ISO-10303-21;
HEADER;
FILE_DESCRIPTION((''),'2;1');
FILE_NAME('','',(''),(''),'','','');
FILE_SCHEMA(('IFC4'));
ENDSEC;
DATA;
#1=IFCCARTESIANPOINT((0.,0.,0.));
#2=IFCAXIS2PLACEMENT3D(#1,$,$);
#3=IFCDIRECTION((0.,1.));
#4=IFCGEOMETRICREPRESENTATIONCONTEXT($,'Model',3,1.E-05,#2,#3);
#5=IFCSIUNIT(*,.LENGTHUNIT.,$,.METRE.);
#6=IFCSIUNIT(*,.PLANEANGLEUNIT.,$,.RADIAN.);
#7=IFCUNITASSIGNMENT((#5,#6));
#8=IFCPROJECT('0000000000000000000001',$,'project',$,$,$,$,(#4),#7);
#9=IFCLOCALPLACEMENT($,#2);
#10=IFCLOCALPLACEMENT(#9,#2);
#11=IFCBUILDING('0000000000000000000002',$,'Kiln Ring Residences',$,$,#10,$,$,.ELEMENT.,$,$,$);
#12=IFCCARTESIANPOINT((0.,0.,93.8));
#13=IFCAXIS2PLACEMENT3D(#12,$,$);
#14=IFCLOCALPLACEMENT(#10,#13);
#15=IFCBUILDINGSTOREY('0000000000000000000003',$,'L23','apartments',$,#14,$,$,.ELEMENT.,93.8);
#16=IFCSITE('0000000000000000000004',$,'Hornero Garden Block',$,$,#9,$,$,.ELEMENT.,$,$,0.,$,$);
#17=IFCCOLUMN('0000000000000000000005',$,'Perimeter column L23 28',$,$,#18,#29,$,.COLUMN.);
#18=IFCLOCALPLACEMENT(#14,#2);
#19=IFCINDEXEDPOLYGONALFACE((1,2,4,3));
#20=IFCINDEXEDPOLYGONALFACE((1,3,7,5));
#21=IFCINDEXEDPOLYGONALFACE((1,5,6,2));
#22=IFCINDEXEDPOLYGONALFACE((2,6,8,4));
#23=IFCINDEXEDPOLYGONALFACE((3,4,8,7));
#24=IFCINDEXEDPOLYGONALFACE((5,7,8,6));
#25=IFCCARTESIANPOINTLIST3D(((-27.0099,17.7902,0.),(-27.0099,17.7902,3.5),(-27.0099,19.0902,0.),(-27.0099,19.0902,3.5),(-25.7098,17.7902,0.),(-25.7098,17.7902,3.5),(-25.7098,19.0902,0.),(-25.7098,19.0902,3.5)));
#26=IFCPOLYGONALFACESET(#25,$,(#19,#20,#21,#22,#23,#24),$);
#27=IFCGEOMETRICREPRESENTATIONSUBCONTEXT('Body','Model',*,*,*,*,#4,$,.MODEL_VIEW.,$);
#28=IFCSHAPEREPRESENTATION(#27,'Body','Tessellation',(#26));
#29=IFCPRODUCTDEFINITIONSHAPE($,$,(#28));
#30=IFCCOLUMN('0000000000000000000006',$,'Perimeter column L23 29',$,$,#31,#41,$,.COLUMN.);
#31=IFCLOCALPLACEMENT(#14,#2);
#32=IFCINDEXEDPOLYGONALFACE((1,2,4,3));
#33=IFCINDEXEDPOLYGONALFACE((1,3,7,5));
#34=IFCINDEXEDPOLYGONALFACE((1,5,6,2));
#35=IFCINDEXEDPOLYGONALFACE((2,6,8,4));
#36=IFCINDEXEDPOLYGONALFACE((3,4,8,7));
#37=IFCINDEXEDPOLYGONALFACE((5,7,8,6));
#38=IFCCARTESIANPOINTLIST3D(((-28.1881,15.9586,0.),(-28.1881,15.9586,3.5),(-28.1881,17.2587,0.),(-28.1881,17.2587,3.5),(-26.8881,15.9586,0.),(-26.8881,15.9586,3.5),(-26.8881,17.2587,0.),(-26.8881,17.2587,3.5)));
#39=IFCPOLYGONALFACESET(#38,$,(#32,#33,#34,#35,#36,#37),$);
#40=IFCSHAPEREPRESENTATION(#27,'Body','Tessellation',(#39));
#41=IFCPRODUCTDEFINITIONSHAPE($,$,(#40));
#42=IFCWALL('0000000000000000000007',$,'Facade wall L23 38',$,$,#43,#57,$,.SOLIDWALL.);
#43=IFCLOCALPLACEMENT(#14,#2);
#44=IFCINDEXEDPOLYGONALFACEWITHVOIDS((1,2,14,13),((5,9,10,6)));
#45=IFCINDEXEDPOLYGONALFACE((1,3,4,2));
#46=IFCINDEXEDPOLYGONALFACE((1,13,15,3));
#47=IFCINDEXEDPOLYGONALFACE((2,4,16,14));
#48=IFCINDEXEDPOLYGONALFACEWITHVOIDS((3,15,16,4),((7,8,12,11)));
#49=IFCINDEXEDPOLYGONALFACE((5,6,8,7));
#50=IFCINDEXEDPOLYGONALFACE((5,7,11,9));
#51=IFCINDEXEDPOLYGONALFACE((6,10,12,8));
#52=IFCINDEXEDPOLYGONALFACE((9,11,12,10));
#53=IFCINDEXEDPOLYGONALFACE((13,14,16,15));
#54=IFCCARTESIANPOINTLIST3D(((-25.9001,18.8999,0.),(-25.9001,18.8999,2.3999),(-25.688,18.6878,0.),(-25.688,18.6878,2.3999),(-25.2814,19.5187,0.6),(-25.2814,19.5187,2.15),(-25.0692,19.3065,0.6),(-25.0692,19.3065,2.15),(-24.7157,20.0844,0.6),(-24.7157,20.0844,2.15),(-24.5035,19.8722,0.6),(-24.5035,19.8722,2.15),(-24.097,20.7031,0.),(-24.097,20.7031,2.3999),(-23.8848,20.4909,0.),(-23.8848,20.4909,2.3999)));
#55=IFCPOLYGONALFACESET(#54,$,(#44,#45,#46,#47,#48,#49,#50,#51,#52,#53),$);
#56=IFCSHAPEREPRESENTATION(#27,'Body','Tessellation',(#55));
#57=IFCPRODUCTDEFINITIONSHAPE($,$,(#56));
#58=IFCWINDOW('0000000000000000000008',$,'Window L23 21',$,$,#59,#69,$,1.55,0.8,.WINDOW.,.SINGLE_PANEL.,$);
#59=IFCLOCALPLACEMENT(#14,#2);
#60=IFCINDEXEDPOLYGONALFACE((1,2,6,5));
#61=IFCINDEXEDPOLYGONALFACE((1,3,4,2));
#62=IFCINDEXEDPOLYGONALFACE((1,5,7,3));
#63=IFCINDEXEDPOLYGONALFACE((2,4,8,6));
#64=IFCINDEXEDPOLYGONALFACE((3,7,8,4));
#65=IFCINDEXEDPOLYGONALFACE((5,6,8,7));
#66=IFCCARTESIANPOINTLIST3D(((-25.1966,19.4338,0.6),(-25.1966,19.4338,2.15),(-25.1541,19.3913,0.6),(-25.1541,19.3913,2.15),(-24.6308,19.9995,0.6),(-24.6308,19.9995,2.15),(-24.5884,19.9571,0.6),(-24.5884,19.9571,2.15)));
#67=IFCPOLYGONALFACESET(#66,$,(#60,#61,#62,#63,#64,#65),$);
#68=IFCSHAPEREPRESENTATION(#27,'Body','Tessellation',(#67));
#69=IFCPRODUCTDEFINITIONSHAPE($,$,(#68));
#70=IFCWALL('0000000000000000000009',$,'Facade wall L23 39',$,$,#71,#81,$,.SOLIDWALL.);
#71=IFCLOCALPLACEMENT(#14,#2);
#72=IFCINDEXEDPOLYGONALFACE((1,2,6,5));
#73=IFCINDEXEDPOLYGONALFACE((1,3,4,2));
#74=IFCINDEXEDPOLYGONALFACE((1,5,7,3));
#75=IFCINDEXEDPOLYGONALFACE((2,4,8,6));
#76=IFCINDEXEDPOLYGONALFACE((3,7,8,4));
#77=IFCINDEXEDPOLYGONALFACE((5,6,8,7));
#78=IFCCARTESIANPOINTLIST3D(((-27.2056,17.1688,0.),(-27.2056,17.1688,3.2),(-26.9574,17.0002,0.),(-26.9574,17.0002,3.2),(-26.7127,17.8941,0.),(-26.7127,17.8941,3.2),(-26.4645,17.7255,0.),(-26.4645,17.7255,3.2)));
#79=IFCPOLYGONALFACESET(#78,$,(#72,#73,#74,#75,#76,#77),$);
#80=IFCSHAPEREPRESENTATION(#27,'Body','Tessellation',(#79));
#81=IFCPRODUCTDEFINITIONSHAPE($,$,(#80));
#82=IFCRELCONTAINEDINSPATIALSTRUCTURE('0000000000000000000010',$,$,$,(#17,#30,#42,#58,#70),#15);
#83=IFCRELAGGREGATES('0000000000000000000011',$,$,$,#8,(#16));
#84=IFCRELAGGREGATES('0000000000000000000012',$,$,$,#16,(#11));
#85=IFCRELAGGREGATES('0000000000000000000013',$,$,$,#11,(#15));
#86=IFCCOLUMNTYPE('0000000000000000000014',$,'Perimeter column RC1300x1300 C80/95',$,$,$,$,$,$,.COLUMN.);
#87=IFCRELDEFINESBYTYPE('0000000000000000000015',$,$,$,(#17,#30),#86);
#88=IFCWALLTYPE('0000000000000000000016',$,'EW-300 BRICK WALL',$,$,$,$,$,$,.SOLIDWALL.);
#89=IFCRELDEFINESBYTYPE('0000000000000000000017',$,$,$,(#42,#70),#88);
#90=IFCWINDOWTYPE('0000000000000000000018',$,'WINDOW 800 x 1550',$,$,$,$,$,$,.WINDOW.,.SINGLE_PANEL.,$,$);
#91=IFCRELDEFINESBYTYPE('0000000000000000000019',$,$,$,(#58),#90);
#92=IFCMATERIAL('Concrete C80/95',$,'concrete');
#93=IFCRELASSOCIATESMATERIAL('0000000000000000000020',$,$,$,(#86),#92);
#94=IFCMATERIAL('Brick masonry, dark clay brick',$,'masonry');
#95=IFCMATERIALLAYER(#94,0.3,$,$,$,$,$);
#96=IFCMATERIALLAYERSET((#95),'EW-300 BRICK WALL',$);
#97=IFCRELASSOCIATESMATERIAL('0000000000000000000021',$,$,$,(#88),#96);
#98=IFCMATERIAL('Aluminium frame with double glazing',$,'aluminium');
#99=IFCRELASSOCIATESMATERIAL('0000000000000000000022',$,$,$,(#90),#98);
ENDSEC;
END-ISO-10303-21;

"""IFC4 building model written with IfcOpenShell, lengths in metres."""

from ifc_helpers import new_model, si_unit, direction, frame, frame_2d, origin, origin_2d, place, context, subcontext, project, spatial, rectangle, extrude, material, layer, layer_set, material_profile, profile_set, type_object, element, fill, save


model = new_model("IFC4")

# Units and contexts
model_context = context("Model", 3, precision=1e-05, world=origin(), true_north=direction((0.0, 1.0)))
body_context = subcontext(model_context, "Body", "Model", "MODEL_VIEW")
ifc_project = project(units=[si_unit("LENGTHUNIT", "METRE"), si_unit("PLANEANGLEUNIT", "RADIAN")], contexts=[model_context])

# Site, building, storey
site_placement = place(None, origin())
site = spatial("IfcSite", under=ifc_project, at=site_placement, Name="Hornero Garden Block", CompositionType="ELEMENT", RefElevation=0.0)
building_placement = place(site_placement, origin())
building = spatial("IfcBuilding", under=site, at=building_placement, Name="Kiln Ring Residences", CompositionType="ELEMENT")
storey_placement = place(building_placement, frame((0.0, 0.0, 93.8)))
storey = spatial("IfcBuildingStorey", under=building, at=storey_placement, Name="L23", Description="apartments", CompositionType="ELEMENT", Elevation=93.8)

# Columns
ifc_material_1 = material(Name="Concrete C80/95", Category="concrete")
ifc_material_profile = material_profile(ifc_material_1, rectangle(XDim=1.3, YDim=1.3, at=origin_2d()), Name="RC1300x1300")
ifc_profile_set = profile_set([ifc_material_profile], Name="Concrete C80/95")
column_type = type_object("IfcColumnType", Name="Perimeter column RC1300x1300 C80/95", PredefinedType="COLUMN", material=ifc_profile_set)
for number, where, z_axis, x_axis, name in (
    (1, (-26.3599, 18.4402, 0.0), (0.0, 0.0, 1.0), (1.0, 0.0, 0.0), "Perimeter column L23 28"),
    (2, (-27.5381, 16.6086, 0.0), (0.0, 0.0, 1.0), (1.0, 0.0, 0.0), "Perimeter column L23 29"),
):
    element("IfcColumn", number, at=place(storey_placement, frame(where, z_axis=z_axis, x_axis=x_axis)), inside=storey, type_object=column_type, Name=name, PredefinedType="COLUMN", context=body_context, shape_type="SweptSolid", body=[
        extrude(rectangle(XDim=1.3, YDim=1.3, at=origin_2d()), origin(), (0.0, 0.0, 1.0), 3.5),
    ])

# Wall, opening, window
ifc_material_2 = material(Name="Brick masonry, dark clay brick", Category="masonry")
ifc_layer_1 = layer(ifc_material_2, 0.3)
ifc_layer_set_1 = layer_set([ifc_layer_1], Name="EW-300 BRICK WALL")
wall_type_1 = type_object("IfcWallType", Name="EW-300 BRICK WALL", PredefinedType="SOLIDWALL", material=ifc_layer_set_1)
wall_1_placement = place(storey_placement, frame((-23.991, 20.5969, 0.0), z_axis=(0.0, 0.0, 1.0), x_axis=(-0.707107, -0.707107, 0.0)))
wall_1 = element("IfcWall", 3, at=wall_1_placement, inside=storey, type_object=wall_type_1, Name="Facade wall L23 38", PredefinedType="SOLIDWALL", context=body_context, shape_type="SweptSolid", body=[
    extrude(rectangle(XDim=2.55, YDim=0.3, at=frame_2d((1.2749, 0.0))), origin(), (0.0, 0.0, 1.0), 2.3999),
])
opening_1_placement = place(wall_1_placement, frame((0.875, 0.0, 0.6001)))
opening_1 = element("IfcOpeningElement", 4, at=opening_1_placement, cuts=wall_1, PredefinedType="OPENING", context=body_context, shape_type="SweptSolid", body=[
    extrude(rectangle(XDim=0.8, YDim=1.55, at=frame_2d((0.3999, 0.7749))), frame((0.0, 0.1599, 0.0), z_axis=(0.0, -1.0, 0.0), x_axis=(1.0, 0.0, 0.0)), (0.0, 0.0, 1.0), 0.3201),
])
ifc_material_3 = material(Name="Aluminium frame with double glazing", Category="aluminium")
window_type = type_object("IfcWindowType", Name="WINDOW 800 x 1550", PartitioningType="SINGLE_PANEL", PredefinedType="WINDOW", material=ifc_material_3)
window_placement = place(opening_1_placement, origin())
window = element("IfcWindow", 5, at=window_placement, inside=storey, type_object=window_type, Name="Window L23 21", OverallHeight=1.55, OverallWidth=0.8, PartitioningType="SINGLE_PANEL", PredefinedType="WINDOW", context=body_context, shape_type="SweptSolid", body=[
    extrude(rectangle(XDim=0.8, YDim=1.55, at=frame_2d((0.3999, 0.7749))), frame((0.0, 0.03, 0.0), z_axis=(0.0, -1.0, 0.0), x_axis=(1.0, 0.0, 0.0)), (0.0, 0.0, 1.0), 0.0601),
])
fill(opening_1, window)

# Wall
wall_2_placement = place(storey_placement, frame((-26.5886, 17.8098, 0.0), z_axis=(0.0, 0.0, 1.0), x_axis=(-0.562066, -0.827092, 0.0)))
element("IfcWall", 6, at=wall_2_placement, inside=storey, type_object=wall_type_1, Name="Facade wall L23 39", PredefinedType="SOLIDWALL", context=body_context, shape_type="SweptSolid", body=[
    extrude(rectangle(XDim=0.877, YDim=0.3, at=frame_2d((0.4385, 0.0))), origin(), (0.0, 0.0, 1.0), 3.2),
])

save(model, "model.ifc")
